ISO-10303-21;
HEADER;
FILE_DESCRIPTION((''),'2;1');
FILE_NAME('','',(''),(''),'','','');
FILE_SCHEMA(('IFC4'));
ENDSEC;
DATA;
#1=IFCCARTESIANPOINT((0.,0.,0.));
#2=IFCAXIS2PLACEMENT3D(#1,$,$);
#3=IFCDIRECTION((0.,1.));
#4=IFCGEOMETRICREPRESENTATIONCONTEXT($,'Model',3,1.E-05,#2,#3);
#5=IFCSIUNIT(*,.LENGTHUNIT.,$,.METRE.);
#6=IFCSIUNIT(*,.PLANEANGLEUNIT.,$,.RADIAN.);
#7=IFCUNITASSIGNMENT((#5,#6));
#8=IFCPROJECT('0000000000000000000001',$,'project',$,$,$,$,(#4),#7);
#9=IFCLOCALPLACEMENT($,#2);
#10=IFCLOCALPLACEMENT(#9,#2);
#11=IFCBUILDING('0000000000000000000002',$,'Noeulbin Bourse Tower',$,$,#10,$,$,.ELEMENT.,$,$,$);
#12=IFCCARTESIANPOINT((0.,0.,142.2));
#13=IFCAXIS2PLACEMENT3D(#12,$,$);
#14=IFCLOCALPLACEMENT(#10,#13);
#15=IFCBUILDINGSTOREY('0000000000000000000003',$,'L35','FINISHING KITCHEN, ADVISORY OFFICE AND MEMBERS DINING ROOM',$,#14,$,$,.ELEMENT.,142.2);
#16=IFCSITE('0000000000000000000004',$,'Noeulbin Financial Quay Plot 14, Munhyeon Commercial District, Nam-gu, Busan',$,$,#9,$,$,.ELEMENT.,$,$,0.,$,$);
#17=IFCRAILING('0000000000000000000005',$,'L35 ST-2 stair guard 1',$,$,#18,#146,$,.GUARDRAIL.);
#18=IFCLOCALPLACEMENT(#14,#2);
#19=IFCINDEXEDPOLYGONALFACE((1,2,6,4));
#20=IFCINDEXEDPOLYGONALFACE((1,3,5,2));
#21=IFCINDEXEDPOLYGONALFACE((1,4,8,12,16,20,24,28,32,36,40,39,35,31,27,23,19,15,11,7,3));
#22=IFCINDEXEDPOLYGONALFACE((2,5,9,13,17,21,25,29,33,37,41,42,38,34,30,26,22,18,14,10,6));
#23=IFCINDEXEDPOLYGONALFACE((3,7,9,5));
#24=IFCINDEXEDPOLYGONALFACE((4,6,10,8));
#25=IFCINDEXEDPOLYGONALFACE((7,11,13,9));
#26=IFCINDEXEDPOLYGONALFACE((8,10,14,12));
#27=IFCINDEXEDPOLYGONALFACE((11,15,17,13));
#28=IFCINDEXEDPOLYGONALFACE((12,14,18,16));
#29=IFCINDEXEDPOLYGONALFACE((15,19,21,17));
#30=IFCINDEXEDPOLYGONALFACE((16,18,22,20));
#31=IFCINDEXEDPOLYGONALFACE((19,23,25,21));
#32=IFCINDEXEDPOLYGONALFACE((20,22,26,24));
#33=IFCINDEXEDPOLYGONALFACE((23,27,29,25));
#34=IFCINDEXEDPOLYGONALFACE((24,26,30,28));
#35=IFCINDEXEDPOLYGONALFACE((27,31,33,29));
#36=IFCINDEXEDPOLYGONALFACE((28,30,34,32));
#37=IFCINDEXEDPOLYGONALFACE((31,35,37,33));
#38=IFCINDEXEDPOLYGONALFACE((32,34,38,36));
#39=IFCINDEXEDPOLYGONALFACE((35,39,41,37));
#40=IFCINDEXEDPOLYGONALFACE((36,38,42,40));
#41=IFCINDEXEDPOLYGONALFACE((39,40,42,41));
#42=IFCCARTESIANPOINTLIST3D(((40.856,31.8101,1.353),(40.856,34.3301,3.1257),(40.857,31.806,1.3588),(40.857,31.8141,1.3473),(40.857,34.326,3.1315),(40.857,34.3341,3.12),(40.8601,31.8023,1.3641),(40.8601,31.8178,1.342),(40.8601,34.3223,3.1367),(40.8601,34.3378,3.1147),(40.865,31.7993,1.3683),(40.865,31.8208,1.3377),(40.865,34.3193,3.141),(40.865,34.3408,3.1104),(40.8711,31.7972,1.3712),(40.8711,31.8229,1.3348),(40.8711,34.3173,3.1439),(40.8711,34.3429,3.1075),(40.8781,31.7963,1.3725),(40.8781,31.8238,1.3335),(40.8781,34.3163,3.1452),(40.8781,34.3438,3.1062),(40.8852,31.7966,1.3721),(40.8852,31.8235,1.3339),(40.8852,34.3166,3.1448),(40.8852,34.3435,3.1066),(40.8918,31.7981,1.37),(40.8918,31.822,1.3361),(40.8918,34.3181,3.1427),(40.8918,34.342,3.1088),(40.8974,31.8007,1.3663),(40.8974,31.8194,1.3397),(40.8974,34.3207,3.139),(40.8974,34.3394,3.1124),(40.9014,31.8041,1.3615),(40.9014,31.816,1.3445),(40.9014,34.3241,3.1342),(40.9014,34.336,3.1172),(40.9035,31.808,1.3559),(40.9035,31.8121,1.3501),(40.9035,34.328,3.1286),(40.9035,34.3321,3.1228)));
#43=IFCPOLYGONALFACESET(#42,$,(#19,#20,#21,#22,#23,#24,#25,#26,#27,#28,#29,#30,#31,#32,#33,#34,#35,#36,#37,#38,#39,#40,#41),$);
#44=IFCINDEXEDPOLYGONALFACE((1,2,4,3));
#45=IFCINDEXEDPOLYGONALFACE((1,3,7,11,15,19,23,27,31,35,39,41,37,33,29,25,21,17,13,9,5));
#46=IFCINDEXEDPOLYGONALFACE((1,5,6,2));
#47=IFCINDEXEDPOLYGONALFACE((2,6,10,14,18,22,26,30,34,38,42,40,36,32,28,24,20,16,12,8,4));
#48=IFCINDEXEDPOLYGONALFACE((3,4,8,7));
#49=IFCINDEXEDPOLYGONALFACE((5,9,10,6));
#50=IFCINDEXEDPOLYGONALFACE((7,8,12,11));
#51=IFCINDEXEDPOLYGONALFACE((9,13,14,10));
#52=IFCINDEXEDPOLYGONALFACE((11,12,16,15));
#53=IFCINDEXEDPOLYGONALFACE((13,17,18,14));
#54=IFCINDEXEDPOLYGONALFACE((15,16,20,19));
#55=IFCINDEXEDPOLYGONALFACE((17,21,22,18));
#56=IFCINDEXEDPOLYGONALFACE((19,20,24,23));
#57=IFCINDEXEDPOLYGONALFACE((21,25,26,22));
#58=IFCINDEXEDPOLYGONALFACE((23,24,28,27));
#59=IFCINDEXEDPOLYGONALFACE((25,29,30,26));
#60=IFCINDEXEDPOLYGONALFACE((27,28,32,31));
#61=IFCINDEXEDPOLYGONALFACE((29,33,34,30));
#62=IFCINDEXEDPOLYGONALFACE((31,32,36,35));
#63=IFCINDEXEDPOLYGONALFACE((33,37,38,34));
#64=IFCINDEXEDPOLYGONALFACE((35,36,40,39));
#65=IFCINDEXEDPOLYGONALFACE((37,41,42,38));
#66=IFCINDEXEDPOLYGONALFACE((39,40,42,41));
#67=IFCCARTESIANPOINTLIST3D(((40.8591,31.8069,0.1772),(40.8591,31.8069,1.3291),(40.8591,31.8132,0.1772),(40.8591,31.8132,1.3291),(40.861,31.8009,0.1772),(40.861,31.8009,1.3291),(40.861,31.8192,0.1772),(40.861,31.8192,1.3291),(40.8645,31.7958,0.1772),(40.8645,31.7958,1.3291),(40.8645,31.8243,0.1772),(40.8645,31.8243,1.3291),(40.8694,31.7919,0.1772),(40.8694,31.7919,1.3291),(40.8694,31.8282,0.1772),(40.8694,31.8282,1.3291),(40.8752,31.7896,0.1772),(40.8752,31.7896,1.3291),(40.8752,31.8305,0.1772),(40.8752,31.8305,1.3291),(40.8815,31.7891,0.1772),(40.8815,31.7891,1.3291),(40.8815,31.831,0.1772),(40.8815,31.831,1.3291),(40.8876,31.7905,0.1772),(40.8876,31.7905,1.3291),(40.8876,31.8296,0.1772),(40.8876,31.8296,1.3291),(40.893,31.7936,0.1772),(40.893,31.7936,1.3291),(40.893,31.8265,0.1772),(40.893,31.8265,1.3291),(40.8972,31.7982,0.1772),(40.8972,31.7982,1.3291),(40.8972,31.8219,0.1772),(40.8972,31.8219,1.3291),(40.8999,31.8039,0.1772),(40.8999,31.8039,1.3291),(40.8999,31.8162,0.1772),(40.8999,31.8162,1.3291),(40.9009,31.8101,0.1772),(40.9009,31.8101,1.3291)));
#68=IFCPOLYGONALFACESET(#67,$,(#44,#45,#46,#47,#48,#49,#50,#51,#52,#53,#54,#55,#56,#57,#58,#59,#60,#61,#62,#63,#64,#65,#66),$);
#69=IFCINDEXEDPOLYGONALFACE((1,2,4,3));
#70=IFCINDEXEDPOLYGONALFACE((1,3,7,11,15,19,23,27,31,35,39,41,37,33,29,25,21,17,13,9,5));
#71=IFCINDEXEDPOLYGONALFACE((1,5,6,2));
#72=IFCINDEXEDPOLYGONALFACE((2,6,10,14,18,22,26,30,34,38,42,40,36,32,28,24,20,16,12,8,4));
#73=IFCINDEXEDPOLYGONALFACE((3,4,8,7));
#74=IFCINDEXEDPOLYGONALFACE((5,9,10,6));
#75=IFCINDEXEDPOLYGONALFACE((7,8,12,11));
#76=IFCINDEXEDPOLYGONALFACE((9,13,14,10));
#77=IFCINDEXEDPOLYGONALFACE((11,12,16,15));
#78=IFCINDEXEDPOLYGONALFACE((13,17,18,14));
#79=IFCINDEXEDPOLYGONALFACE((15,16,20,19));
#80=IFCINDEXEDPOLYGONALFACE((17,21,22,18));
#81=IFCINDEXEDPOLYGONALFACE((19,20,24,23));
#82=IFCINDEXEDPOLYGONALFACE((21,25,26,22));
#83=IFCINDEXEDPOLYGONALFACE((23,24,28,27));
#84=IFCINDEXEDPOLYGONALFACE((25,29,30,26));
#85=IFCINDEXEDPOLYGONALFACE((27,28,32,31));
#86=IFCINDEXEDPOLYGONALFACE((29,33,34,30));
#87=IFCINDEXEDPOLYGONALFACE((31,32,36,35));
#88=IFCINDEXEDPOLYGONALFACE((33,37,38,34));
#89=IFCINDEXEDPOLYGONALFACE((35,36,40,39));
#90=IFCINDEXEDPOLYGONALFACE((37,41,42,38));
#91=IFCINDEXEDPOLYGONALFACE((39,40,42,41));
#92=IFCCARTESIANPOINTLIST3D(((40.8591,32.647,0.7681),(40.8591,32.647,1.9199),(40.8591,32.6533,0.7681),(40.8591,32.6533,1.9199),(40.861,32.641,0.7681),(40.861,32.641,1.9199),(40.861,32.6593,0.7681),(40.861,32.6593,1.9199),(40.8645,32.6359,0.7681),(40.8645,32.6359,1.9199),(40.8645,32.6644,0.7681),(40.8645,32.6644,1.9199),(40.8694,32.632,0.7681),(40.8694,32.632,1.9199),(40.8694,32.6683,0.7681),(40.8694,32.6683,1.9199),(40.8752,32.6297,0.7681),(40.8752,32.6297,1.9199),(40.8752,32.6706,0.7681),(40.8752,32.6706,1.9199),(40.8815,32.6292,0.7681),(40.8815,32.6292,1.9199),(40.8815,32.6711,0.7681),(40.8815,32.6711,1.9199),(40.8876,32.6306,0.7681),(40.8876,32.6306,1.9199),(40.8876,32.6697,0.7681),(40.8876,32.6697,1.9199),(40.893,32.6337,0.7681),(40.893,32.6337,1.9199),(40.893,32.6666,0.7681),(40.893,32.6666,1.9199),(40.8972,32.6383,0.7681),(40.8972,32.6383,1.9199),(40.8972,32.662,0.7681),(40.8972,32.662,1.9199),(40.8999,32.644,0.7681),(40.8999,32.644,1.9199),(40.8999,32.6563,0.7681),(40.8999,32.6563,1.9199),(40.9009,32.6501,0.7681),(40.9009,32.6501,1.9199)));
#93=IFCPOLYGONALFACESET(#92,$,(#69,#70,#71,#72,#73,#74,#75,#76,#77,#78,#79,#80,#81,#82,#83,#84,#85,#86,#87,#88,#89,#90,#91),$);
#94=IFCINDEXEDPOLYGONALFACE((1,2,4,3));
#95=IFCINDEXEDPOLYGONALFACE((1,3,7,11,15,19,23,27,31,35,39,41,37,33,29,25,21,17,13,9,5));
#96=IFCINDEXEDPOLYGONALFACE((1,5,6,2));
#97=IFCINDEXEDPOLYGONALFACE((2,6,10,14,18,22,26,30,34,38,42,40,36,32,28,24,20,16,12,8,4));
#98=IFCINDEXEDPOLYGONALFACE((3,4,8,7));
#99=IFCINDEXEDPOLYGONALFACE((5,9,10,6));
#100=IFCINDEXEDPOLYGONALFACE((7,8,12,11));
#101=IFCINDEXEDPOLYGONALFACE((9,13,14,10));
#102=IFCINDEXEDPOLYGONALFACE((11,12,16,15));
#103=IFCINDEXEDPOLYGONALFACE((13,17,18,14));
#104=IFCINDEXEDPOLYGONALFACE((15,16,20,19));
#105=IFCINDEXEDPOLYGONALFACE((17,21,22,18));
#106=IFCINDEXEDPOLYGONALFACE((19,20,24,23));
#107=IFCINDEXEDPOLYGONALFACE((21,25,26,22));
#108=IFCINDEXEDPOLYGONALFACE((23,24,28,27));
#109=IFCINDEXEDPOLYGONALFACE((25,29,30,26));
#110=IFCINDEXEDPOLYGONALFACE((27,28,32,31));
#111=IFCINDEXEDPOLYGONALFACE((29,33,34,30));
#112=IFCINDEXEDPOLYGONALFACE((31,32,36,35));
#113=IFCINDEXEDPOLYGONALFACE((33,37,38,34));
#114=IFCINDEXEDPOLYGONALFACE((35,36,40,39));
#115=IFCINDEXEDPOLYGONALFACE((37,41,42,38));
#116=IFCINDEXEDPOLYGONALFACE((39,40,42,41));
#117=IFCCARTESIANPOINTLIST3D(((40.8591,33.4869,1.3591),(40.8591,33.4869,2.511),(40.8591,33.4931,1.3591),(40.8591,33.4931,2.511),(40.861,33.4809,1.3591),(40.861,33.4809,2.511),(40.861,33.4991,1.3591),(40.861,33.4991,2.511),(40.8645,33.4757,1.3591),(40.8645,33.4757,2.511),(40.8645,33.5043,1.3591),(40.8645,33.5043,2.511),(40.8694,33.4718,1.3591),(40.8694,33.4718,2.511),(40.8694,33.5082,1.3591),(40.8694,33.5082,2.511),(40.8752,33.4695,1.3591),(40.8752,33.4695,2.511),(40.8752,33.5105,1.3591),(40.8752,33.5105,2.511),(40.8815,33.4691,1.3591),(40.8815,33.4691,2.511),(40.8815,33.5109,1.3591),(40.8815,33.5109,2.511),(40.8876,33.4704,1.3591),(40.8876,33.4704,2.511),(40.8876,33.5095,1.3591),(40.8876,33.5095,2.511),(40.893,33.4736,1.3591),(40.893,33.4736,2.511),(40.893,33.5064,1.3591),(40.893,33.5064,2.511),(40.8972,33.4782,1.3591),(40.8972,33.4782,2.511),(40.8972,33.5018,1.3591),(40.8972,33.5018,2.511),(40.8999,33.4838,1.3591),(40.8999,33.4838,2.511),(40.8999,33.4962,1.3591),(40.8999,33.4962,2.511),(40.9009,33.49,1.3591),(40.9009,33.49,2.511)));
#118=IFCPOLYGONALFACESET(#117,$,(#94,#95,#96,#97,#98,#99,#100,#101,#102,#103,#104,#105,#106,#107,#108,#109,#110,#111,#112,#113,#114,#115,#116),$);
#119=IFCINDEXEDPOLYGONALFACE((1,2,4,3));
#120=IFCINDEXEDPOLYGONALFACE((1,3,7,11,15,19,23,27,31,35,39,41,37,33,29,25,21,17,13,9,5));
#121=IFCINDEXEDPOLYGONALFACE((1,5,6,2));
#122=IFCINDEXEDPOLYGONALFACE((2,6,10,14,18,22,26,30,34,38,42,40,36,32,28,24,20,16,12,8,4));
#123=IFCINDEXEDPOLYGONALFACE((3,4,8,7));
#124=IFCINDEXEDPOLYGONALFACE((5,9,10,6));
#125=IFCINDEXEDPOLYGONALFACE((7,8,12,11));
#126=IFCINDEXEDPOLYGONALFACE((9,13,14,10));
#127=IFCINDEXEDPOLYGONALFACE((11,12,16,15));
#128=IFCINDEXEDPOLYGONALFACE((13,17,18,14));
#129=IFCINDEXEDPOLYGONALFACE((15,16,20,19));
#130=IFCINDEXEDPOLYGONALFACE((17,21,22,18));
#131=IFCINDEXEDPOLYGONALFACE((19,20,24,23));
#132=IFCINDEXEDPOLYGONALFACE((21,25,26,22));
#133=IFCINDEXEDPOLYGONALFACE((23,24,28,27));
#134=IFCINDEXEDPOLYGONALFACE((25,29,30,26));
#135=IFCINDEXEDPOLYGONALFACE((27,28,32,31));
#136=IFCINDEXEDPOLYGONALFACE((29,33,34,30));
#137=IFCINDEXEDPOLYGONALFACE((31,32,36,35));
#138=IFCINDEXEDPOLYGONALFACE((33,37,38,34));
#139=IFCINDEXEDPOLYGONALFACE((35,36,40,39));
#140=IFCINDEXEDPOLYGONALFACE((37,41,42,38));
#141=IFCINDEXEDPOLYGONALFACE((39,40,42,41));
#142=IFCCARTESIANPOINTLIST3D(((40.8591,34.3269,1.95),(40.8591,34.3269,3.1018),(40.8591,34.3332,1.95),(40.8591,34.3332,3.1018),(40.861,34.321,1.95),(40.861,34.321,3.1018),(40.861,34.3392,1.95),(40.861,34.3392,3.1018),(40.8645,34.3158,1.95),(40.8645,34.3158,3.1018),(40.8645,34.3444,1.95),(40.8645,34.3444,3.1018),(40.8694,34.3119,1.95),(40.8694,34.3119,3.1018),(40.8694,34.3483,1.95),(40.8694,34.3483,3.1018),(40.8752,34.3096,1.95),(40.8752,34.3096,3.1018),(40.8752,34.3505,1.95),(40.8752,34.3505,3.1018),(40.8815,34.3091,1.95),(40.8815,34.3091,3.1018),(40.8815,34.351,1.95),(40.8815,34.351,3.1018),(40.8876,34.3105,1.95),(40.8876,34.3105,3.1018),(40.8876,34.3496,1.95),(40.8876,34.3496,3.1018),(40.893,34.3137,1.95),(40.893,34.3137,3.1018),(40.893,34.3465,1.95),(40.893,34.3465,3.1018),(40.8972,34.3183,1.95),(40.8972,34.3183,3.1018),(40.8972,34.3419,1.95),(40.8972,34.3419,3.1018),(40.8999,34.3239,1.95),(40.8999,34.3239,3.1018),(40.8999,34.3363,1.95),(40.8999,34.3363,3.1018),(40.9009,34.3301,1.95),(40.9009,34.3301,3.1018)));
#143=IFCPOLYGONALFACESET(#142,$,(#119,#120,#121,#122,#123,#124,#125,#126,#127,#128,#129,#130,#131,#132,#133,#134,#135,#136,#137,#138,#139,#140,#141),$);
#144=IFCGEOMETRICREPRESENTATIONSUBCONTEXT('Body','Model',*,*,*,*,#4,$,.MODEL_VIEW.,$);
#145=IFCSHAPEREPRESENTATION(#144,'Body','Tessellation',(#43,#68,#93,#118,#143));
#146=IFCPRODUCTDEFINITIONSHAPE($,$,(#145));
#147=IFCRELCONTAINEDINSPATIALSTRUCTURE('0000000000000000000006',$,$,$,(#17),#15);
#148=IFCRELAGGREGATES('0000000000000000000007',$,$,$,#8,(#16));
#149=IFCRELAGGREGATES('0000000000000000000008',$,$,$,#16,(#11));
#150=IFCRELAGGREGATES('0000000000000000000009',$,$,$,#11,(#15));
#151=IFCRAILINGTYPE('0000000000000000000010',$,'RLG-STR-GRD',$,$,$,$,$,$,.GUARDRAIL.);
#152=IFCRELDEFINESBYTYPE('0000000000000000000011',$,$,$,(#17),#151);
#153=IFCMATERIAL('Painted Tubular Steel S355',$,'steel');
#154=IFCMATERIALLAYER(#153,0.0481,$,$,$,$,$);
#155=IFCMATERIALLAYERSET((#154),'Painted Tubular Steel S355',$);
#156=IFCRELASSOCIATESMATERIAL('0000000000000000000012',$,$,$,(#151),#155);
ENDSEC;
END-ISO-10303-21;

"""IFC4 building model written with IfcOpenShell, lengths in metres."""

from ifc_helpers import new_model, si_unit, direction, frame, origin, origin_2d, place, context, subcontext, project, spatial, circle, extrude, material, layer, layer_set, type_object, element, save


model = new_model("IFC4")

# Units and contexts
model_context = context("Model", 3, precision=1e-05, world=origin(), true_north=direction((0.0, 1.0)))
body_context = subcontext(model_context, "Body", "Model", "MODEL_VIEW")
ifc_project = project(units=[si_unit("LENGTHUNIT", "METRE"), si_unit("PLANEANGLEUNIT", "RADIAN")], contexts=[model_context])

# Site, building, storey
site_placement = place(None, origin())
site = spatial("IfcSite", under=ifc_project, at=site_placement, Name="Noeulbin Financial Quay Plot 14, Munhyeon Commercial District, Nam-gu, Busan", CompositionType="ELEMENT", RefElevation=0.0)
building_placement = place(site_placement, origin())
building = spatial("IfcBuilding", under=site, at=building_placement, Name="Noeulbin Bourse Tower", CompositionType="ELEMENT")
storey_placement = place(building_placement, frame((0.0, 0.0, 142.2)))
storey = spatial("IfcBuildingStorey", under=building, at=storey_placement, Name="L35", Description="FINISHING KITCHEN, ADVISORY OFFICE AND MEMBERS DINING ROOM", CompositionType="ELEMENT", Elevation=142.2)

# Railing
ifc_material_1 = material(Name="Painted Tubular Steel S355", Category="steel")
ifc_layer_1 = layer(ifc_material_1, 0.0481)
ifc_layer_set_1 = layer_set([ifc_layer_1], Name="Painted Tubular Steel S355")
railing_type_1 = type_object("IfcRailingType", Name="RLG-STR-GRD", PredefinedType="GUARDRAIL", material=ifc_layer_set_1)
railing_1_placement = place(storey_placement, frame((40.8799, 31.8101, 0.1772)))
element("IfcRailing", 1, at=railing_1_placement, inside=storey, type_object=railing_type_1, Name="L35 ST-2 stair guard 1", PredefinedType="GUARDRAIL", context=body_context, shape_type="SweptSolid", body=[
    extrude(circle(Radius=0.0239, at=origin_2d()), frame((0.0, 0.0, 1.1758), z_axis=(0.0, 0.817904, 0.575354), x_axis=(-1.0, 0.0, 0.0)), (0.0, 0.0, 1.0), 3.0811),
    extrude(circle(Radius=0.021, at=origin_2d()), origin(), (0.0, 0.0, 1.0), 1.1519),
    extrude(circle(Radius=0.021, at=origin_2d()), frame((0.0, 0.8401, 0.5908)), (0.0, 0.0, 1.0), 1.1519),
    extrude(circle(Radius=0.021, at=origin_2d()), frame((0.0, 1.6799, 1.1819)), (0.0, 0.0, 1.0), 1.1519),
    extrude(circle(Radius=0.021, at=origin_2d()), frame((0.0, 2.52, 1.7727)), (0.0, 0.0, 1.0), 1.1519),
])

save(model, "model.ifc")
